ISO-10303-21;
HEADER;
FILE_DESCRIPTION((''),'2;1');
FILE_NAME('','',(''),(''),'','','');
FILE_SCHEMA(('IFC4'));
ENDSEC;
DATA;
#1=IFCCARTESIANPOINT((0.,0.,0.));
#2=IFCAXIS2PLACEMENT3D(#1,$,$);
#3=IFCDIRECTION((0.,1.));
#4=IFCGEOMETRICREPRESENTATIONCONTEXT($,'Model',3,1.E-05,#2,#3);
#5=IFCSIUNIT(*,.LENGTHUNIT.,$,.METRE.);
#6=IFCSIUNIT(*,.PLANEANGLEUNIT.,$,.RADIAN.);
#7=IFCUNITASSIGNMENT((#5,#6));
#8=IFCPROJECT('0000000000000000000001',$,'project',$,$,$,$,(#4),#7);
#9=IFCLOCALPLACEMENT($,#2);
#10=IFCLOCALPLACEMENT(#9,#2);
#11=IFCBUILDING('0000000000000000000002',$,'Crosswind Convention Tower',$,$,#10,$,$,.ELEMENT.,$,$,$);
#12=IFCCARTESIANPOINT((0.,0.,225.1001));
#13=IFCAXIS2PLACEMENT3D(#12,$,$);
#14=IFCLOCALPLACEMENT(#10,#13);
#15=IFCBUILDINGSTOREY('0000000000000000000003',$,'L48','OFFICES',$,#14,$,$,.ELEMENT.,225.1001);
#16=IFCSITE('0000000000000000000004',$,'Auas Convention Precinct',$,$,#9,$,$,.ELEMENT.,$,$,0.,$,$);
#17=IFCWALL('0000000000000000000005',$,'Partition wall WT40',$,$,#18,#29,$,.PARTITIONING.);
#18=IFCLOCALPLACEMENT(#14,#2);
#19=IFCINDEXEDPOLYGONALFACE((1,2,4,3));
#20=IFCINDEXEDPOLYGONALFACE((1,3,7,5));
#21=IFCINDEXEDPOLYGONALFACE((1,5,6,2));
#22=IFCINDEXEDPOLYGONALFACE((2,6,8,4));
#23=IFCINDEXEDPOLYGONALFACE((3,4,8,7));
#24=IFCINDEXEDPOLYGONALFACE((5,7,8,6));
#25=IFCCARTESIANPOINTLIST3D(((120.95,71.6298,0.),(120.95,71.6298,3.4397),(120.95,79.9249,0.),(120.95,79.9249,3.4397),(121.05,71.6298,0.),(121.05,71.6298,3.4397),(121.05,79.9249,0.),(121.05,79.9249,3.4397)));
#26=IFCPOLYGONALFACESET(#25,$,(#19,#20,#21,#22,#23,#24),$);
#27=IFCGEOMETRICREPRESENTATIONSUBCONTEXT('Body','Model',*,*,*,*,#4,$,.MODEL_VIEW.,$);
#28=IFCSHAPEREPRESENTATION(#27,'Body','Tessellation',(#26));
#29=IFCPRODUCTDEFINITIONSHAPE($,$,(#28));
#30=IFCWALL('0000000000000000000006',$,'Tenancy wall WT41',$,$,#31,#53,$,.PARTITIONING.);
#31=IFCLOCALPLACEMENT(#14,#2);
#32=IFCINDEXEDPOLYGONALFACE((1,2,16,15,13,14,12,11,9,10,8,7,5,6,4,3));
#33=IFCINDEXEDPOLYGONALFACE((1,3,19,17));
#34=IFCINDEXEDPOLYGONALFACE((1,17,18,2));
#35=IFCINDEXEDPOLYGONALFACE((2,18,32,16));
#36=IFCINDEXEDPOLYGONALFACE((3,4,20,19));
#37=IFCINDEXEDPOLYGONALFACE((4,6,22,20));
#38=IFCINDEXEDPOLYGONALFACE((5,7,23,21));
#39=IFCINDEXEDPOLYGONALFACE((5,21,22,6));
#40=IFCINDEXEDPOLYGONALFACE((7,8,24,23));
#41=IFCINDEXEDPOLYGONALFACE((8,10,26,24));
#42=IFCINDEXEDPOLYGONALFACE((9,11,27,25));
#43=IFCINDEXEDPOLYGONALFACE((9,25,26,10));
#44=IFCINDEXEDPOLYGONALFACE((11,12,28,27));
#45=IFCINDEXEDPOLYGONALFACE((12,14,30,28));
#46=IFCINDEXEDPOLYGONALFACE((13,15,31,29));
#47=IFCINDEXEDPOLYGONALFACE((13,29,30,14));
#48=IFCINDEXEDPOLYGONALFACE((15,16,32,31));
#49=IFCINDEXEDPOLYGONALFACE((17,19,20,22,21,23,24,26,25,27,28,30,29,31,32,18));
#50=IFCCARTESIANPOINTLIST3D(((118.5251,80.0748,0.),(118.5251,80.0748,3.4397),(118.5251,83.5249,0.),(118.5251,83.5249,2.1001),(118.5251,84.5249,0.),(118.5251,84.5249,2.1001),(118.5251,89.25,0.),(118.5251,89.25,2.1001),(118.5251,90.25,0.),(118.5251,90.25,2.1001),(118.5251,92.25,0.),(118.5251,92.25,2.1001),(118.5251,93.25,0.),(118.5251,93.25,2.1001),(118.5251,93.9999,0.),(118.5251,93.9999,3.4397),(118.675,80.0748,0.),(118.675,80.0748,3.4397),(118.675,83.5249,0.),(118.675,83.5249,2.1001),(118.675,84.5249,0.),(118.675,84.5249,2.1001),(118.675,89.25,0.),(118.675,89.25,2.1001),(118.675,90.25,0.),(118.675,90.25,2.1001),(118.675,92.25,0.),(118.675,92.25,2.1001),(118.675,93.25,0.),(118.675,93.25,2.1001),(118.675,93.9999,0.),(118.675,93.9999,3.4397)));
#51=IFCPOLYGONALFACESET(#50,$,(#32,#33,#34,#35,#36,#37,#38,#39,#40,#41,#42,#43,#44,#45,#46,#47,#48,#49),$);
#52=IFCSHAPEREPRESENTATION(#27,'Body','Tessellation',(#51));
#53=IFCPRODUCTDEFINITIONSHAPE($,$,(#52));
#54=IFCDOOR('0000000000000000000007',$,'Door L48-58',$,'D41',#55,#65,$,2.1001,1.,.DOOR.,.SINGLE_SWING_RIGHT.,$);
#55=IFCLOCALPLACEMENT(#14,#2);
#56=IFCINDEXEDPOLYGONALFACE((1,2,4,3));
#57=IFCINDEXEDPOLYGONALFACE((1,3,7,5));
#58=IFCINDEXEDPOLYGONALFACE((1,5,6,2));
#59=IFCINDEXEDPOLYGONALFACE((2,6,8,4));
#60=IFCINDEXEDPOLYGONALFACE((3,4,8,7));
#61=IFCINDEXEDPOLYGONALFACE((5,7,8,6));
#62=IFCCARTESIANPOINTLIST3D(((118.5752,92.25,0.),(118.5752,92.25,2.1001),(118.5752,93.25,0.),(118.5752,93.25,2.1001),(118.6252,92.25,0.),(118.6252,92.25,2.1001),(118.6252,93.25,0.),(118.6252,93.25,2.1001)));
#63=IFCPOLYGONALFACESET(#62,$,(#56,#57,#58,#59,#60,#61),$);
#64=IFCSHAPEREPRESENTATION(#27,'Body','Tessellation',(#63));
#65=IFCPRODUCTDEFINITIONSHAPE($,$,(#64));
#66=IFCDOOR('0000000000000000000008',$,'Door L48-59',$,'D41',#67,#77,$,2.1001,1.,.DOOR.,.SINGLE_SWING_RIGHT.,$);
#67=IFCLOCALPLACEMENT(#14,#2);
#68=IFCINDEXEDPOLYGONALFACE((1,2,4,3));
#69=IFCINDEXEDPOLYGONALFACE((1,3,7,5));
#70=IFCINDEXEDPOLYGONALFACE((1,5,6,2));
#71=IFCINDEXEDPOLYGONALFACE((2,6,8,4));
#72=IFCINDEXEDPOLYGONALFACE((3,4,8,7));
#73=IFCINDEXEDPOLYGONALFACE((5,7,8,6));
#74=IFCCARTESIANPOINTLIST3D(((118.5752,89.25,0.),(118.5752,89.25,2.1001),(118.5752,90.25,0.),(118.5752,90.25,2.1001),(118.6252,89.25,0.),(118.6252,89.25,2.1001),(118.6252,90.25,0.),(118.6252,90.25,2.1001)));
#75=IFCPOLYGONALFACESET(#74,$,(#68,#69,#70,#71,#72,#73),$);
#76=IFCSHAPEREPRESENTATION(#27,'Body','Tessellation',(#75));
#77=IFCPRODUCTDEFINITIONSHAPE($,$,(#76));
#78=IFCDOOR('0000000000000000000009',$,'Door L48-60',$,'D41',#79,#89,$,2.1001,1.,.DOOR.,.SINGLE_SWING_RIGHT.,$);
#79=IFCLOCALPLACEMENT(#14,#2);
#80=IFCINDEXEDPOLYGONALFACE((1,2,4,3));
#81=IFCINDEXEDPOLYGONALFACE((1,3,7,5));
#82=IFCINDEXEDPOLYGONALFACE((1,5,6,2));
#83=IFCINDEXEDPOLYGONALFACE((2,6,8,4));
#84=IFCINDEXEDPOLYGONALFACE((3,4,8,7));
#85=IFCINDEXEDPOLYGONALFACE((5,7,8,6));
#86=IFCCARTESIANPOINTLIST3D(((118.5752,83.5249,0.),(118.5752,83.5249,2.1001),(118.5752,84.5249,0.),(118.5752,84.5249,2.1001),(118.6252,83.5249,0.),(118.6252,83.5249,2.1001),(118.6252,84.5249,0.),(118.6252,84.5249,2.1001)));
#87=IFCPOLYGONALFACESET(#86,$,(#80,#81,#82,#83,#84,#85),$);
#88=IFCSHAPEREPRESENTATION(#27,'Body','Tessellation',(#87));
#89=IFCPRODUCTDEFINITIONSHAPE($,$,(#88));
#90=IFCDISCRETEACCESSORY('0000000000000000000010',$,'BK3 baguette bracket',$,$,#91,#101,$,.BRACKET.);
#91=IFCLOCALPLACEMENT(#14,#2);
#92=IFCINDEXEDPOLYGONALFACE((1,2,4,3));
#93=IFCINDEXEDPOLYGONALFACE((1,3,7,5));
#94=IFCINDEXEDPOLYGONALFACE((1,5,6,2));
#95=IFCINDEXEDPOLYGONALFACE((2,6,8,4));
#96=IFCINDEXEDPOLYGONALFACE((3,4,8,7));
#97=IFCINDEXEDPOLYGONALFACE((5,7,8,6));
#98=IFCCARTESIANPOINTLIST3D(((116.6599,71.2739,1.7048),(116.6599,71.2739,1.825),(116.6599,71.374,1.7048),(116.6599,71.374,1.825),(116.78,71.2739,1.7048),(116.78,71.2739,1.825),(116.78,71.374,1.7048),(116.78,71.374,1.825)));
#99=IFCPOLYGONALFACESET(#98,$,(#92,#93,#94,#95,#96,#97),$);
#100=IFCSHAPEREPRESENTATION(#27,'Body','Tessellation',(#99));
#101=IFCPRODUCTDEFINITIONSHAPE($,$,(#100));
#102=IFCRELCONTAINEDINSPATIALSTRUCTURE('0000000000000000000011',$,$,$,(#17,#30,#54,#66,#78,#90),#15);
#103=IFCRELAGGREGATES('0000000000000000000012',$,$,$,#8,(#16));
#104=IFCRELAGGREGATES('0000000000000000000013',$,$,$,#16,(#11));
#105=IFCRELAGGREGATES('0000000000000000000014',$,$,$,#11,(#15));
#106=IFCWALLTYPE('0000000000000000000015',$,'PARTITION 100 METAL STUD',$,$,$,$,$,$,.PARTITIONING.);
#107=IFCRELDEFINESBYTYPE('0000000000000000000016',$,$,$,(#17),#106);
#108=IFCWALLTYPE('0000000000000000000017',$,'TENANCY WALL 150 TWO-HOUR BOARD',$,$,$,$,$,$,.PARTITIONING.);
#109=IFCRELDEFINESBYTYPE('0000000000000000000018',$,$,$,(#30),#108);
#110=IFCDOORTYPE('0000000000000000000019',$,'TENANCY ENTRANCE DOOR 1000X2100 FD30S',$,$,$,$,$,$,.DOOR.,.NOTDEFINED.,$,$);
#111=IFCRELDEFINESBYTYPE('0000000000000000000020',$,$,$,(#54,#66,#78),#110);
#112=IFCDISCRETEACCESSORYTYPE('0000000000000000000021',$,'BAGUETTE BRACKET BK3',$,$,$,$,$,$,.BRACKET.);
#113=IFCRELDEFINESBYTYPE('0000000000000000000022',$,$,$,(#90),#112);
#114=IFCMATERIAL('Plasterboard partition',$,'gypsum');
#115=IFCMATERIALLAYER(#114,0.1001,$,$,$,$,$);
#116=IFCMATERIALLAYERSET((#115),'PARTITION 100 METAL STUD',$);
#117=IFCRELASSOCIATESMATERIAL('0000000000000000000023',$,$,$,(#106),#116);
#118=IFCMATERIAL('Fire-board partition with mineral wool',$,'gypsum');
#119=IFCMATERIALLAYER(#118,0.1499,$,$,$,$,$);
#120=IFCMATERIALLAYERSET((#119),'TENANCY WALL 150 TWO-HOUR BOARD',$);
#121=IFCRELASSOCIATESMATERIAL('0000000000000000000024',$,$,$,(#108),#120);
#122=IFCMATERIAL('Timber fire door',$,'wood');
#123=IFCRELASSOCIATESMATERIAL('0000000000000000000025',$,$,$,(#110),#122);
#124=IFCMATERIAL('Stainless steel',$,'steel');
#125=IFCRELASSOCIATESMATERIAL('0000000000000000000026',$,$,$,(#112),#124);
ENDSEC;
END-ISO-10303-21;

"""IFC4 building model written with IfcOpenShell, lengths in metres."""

from ifc_helpers import new_model, si_unit, direction, frame, frame_2d, origin, origin_2d, place, context, subcontext, project, spatial, rectangle, extrude, material, layer, layer_set, type_object, element, fill, save


model = new_model("IFC4")

# Units and contexts
model_context = context("Model", 3, precision=1e-05, world=origin(), true_north=direction((0.0, 1.0)))
body_context = subcontext(model_context, "Body", "Model", "MODEL_VIEW")
ifc_project = project(units=[si_unit("LENGTHUNIT", "METRE"), si_unit("PLANEANGLEUNIT", "RADIAN")], contexts=[model_context])

# Site, building, storey
site_placement = place(None, origin())
site = spatial("IfcSite", under=ifc_project, at=site_placement, Name="Auas Convention Precinct", CompositionType="ELEMENT", RefElevation=0.0)
building_placement = place(site_placement, origin())
building = spatial("IfcBuilding", under=site, at=building_placement, Name="Crosswind Convention Tower", CompositionType="ELEMENT")
storey_placement = place(building_placement, frame((0.0, 0.0, 225.1001)))
storey = spatial("IfcBuildingStorey", under=building, at=storey_placement, Name="L48", Description="OFFICES", CompositionType="ELEMENT", Elevation=225.1001)

# Wall
ifc_material_1 = material(Name="Plasterboard partition", Category="gypsum")
ifc_layer_1 = layer(ifc_material_1, 0.1001)
ifc_layer_set_1 = layer_set([ifc_layer_1], Name="PARTITION 100 METAL STUD")
wall_type_1 = type_object("IfcWallType", Name="PARTITION 100 METAL STUD", PredefinedType="PARTITIONING", material=ifc_layer_set_1)
wall_1_placement = place(storey_placement, frame((121.0, 71.6299, 0.0), z_axis=(0.0, 0.0, 1.0), x_axis=(0.0, 1.0, 0.0)))
element("IfcWall", 1, at=wall_1_placement, inside=storey, type_object=wall_type_1, Name="Partition wall WT40", PredefinedType="PARTITIONING", context=body_context, shape_type="SweptSolid", body=[
    extrude(rectangle(XDim=8.2952, YDim=0.1001, at=frame_2d((4.1475, 0.0))), origin(), (0.0, 0.0, 1.0), 3.4397),
])

# Wall, openings, doors
ifc_material_2 = material(Name="Fire-board partition with mineral wool", Category="gypsum")
ifc_layer_2 = layer(ifc_material_2, 0.1499)
ifc_layer_set_2 = layer_set([ifc_layer_2], Name="TENANCY WALL 150 TWO-HOUR BOARD")
wall_type_2 = type_object("IfcWallType", Name="TENANCY WALL 150 TWO-HOUR BOARD", PredefinedType="PARTITIONING", material=ifc_layer_set_2)
wall_2_placement = place(storey_placement, frame((118.6001, 80.075, 0.0), z_axis=(0.0, 0.0, 1.0), x_axis=(0.0, 1.0, 0.0)))
wall_2 = element("IfcWall", 2, at=wall_2_placement, inside=storey, type_object=wall_type_2, Name="Tenancy wall WT41", PredefinedType="PARTITIONING", context=body_context, shape_type="SweptSolid", body=[
    extrude(rectangle(XDim=13.925, YDim=0.1499, at=frame_2d((6.9624, 0.0))), origin(), (0.0, 0.0, 1.0), 3.4397),
])
opening_1_placement = place(wall_2_placement, frame((12.175, 0.0, 0.0)))
opening_1 = element("IfcOpeningElement", 3, at=opening_1_placement, cuts=wall_2, PredefinedType="OPENING", context=body_context, shape_type="SweptSolid", body=[
    extrude(rectangle(XDim=1.0, YDim=2.1001, at=frame_2d((0.5, 1.05))), frame((0.0, 0.085, 0.0), z_axis=(0.0, -1.0, 0.0), x_axis=(1.0, 0.0, 0.0)), (0.0, 0.0, 1.0), 0.1699),
])
opening_2_placement = place(wall_2_placement, frame((9.175, 0.0, 0.0)))
opening_2 = element("IfcOpeningElement", 4, at=opening_2_placement, cuts=wall_2, PredefinedType="OPENING", context=body_context, shape_type="SweptSolid", body=[
    extrude(rectangle(XDim=1.0, YDim=2.1001, at=frame_2d((0.5, 1.05))), frame((0.0, 0.085, 0.0), z_axis=(0.0, -1.0, 0.0), x_axis=(1.0, 0.0, 0.0)), (0.0, 0.0, 1.0), 0.1699),
])
opening_3_placement = place(wall_2_placement, frame((3.45, 0.0, 0.0)))
opening_3 = element("IfcOpeningElement", 5, at=opening_3_placement, cuts=wall_2, PredefinedType="OPENING", context=body_context, shape_type="SweptSolid", body=[
    extrude(rectangle(XDim=1.0, YDim=2.1001, at=frame_2d((0.5, 1.05))), frame((0.0, 0.085, 0.0), z_axis=(0.0, -1.0, 0.0), x_axis=(1.0, 0.0, 0.0)), (0.0, 0.0, 1.0), 0.1699),
])
ifc_material_3 = material(Name="Timber fire door", Category="wood")
door_type = type_object("IfcDoorType", Name="TENANCY ENTRANCE DOOR 1000X2100 FD30S", OperationType="NOTDEFINED", PredefinedType="DOOR", material=ifc_material_3)
door_1_placement = place(opening_1_placement, origin())
door_1 = element("IfcDoor", 6, at=door_1_placement, inside=storey, type_object=door_type, Name="Door L48-58", ObjectType="D41", OperationType="SINGLE_SWING_RIGHT", OverallHeight=2.1001, OverallWidth=1.0, PredefinedType="DOOR", context=body_context, shape_type="SweptSolid", body=[
    extrude(rectangle(XDim=1.0, YDim=2.1001, at=frame_2d((0.5, 1.05))), frame((0.0, 0.0249, 0.0), z_axis=(0.0, -1.0, 0.0), x_axis=(1.0, 0.0, 0.0)), (0.0, 0.0, 1.0), 0.05),
])
fill(opening_1, door_1)
door_2_placement = place(opening_2_placement, origin())
door_2 = element("IfcDoor", 7, at=door_2_placement, inside=storey, type_object=door_type, Name="Door L48-59", ObjectType="D41", OperationType="SINGLE_SWING_RIGHT", OverallHeight=2.1001, OverallWidth=1.0, PredefinedType="DOOR", context=body_context, shape_type="SweptSolid", body=[
    extrude(rectangle(XDim=1.0, YDim=2.1001, at=frame_2d((0.5, 1.05))), frame((0.0, 0.0249, 0.0), z_axis=(0.0, -1.0, 0.0), x_axis=(1.0, 0.0, 0.0)), (0.0, 0.0, 1.0), 0.05),
])
fill(opening_2, door_2)
door_3_placement = place(opening_3_placement, origin())
door_3 = element("IfcDoor", 8, at=door_3_placement, inside=storey, type_object=door_type, Name="Door L48-60", ObjectType="D41", OperationType="SINGLE_SWING_RIGHT", OverallHeight=2.1001, OverallWidth=1.0, PredefinedType="DOOR", context=body_context, shape_type="SweptSolid", body=[
    extrude(rectangle(XDim=1.0, YDim=2.1001, at=frame_2d((0.5, 1.05))), frame((0.0, 0.0249, 0.0), z_axis=(0.0, -1.0, 0.0), x_axis=(1.0, 0.0, 0.0)), (0.0, 0.0, 1.0), 0.05),
])
fill(opening_3, door_3)

# Discrete accessory
ifc_material_4 = material(Name="Stainless steel", Category="steel")
discrete_accessory_type = type_object("IfcDiscreteAccessoryType", Name="BAGUETTE BRACKET BK3", PredefinedType="BRACKET", material=ifc_material_4)
discrete_accessory_placement = place(storey_placement, frame((116.72, 71.324, 1.7048), z_axis=(0.0, 0.0, 1.0), x_axis=(1.0, 0.0, 0.0)))
element("IfcDiscreteAccessory", 9, at=discrete_accessory_placement, inside=storey, type_object=discrete_accessory_type, Name="BK3 baguette bracket", PredefinedType="BRACKET", context=body_context, shape_type="SweptSolid", body=[
    extrude(rectangle(XDim=0.1201, YDim=0.1001, at=origin_2d()), origin(), (0.0, 0.0, 1.0), 0.1201),
])

save(model, "model.ifc")
